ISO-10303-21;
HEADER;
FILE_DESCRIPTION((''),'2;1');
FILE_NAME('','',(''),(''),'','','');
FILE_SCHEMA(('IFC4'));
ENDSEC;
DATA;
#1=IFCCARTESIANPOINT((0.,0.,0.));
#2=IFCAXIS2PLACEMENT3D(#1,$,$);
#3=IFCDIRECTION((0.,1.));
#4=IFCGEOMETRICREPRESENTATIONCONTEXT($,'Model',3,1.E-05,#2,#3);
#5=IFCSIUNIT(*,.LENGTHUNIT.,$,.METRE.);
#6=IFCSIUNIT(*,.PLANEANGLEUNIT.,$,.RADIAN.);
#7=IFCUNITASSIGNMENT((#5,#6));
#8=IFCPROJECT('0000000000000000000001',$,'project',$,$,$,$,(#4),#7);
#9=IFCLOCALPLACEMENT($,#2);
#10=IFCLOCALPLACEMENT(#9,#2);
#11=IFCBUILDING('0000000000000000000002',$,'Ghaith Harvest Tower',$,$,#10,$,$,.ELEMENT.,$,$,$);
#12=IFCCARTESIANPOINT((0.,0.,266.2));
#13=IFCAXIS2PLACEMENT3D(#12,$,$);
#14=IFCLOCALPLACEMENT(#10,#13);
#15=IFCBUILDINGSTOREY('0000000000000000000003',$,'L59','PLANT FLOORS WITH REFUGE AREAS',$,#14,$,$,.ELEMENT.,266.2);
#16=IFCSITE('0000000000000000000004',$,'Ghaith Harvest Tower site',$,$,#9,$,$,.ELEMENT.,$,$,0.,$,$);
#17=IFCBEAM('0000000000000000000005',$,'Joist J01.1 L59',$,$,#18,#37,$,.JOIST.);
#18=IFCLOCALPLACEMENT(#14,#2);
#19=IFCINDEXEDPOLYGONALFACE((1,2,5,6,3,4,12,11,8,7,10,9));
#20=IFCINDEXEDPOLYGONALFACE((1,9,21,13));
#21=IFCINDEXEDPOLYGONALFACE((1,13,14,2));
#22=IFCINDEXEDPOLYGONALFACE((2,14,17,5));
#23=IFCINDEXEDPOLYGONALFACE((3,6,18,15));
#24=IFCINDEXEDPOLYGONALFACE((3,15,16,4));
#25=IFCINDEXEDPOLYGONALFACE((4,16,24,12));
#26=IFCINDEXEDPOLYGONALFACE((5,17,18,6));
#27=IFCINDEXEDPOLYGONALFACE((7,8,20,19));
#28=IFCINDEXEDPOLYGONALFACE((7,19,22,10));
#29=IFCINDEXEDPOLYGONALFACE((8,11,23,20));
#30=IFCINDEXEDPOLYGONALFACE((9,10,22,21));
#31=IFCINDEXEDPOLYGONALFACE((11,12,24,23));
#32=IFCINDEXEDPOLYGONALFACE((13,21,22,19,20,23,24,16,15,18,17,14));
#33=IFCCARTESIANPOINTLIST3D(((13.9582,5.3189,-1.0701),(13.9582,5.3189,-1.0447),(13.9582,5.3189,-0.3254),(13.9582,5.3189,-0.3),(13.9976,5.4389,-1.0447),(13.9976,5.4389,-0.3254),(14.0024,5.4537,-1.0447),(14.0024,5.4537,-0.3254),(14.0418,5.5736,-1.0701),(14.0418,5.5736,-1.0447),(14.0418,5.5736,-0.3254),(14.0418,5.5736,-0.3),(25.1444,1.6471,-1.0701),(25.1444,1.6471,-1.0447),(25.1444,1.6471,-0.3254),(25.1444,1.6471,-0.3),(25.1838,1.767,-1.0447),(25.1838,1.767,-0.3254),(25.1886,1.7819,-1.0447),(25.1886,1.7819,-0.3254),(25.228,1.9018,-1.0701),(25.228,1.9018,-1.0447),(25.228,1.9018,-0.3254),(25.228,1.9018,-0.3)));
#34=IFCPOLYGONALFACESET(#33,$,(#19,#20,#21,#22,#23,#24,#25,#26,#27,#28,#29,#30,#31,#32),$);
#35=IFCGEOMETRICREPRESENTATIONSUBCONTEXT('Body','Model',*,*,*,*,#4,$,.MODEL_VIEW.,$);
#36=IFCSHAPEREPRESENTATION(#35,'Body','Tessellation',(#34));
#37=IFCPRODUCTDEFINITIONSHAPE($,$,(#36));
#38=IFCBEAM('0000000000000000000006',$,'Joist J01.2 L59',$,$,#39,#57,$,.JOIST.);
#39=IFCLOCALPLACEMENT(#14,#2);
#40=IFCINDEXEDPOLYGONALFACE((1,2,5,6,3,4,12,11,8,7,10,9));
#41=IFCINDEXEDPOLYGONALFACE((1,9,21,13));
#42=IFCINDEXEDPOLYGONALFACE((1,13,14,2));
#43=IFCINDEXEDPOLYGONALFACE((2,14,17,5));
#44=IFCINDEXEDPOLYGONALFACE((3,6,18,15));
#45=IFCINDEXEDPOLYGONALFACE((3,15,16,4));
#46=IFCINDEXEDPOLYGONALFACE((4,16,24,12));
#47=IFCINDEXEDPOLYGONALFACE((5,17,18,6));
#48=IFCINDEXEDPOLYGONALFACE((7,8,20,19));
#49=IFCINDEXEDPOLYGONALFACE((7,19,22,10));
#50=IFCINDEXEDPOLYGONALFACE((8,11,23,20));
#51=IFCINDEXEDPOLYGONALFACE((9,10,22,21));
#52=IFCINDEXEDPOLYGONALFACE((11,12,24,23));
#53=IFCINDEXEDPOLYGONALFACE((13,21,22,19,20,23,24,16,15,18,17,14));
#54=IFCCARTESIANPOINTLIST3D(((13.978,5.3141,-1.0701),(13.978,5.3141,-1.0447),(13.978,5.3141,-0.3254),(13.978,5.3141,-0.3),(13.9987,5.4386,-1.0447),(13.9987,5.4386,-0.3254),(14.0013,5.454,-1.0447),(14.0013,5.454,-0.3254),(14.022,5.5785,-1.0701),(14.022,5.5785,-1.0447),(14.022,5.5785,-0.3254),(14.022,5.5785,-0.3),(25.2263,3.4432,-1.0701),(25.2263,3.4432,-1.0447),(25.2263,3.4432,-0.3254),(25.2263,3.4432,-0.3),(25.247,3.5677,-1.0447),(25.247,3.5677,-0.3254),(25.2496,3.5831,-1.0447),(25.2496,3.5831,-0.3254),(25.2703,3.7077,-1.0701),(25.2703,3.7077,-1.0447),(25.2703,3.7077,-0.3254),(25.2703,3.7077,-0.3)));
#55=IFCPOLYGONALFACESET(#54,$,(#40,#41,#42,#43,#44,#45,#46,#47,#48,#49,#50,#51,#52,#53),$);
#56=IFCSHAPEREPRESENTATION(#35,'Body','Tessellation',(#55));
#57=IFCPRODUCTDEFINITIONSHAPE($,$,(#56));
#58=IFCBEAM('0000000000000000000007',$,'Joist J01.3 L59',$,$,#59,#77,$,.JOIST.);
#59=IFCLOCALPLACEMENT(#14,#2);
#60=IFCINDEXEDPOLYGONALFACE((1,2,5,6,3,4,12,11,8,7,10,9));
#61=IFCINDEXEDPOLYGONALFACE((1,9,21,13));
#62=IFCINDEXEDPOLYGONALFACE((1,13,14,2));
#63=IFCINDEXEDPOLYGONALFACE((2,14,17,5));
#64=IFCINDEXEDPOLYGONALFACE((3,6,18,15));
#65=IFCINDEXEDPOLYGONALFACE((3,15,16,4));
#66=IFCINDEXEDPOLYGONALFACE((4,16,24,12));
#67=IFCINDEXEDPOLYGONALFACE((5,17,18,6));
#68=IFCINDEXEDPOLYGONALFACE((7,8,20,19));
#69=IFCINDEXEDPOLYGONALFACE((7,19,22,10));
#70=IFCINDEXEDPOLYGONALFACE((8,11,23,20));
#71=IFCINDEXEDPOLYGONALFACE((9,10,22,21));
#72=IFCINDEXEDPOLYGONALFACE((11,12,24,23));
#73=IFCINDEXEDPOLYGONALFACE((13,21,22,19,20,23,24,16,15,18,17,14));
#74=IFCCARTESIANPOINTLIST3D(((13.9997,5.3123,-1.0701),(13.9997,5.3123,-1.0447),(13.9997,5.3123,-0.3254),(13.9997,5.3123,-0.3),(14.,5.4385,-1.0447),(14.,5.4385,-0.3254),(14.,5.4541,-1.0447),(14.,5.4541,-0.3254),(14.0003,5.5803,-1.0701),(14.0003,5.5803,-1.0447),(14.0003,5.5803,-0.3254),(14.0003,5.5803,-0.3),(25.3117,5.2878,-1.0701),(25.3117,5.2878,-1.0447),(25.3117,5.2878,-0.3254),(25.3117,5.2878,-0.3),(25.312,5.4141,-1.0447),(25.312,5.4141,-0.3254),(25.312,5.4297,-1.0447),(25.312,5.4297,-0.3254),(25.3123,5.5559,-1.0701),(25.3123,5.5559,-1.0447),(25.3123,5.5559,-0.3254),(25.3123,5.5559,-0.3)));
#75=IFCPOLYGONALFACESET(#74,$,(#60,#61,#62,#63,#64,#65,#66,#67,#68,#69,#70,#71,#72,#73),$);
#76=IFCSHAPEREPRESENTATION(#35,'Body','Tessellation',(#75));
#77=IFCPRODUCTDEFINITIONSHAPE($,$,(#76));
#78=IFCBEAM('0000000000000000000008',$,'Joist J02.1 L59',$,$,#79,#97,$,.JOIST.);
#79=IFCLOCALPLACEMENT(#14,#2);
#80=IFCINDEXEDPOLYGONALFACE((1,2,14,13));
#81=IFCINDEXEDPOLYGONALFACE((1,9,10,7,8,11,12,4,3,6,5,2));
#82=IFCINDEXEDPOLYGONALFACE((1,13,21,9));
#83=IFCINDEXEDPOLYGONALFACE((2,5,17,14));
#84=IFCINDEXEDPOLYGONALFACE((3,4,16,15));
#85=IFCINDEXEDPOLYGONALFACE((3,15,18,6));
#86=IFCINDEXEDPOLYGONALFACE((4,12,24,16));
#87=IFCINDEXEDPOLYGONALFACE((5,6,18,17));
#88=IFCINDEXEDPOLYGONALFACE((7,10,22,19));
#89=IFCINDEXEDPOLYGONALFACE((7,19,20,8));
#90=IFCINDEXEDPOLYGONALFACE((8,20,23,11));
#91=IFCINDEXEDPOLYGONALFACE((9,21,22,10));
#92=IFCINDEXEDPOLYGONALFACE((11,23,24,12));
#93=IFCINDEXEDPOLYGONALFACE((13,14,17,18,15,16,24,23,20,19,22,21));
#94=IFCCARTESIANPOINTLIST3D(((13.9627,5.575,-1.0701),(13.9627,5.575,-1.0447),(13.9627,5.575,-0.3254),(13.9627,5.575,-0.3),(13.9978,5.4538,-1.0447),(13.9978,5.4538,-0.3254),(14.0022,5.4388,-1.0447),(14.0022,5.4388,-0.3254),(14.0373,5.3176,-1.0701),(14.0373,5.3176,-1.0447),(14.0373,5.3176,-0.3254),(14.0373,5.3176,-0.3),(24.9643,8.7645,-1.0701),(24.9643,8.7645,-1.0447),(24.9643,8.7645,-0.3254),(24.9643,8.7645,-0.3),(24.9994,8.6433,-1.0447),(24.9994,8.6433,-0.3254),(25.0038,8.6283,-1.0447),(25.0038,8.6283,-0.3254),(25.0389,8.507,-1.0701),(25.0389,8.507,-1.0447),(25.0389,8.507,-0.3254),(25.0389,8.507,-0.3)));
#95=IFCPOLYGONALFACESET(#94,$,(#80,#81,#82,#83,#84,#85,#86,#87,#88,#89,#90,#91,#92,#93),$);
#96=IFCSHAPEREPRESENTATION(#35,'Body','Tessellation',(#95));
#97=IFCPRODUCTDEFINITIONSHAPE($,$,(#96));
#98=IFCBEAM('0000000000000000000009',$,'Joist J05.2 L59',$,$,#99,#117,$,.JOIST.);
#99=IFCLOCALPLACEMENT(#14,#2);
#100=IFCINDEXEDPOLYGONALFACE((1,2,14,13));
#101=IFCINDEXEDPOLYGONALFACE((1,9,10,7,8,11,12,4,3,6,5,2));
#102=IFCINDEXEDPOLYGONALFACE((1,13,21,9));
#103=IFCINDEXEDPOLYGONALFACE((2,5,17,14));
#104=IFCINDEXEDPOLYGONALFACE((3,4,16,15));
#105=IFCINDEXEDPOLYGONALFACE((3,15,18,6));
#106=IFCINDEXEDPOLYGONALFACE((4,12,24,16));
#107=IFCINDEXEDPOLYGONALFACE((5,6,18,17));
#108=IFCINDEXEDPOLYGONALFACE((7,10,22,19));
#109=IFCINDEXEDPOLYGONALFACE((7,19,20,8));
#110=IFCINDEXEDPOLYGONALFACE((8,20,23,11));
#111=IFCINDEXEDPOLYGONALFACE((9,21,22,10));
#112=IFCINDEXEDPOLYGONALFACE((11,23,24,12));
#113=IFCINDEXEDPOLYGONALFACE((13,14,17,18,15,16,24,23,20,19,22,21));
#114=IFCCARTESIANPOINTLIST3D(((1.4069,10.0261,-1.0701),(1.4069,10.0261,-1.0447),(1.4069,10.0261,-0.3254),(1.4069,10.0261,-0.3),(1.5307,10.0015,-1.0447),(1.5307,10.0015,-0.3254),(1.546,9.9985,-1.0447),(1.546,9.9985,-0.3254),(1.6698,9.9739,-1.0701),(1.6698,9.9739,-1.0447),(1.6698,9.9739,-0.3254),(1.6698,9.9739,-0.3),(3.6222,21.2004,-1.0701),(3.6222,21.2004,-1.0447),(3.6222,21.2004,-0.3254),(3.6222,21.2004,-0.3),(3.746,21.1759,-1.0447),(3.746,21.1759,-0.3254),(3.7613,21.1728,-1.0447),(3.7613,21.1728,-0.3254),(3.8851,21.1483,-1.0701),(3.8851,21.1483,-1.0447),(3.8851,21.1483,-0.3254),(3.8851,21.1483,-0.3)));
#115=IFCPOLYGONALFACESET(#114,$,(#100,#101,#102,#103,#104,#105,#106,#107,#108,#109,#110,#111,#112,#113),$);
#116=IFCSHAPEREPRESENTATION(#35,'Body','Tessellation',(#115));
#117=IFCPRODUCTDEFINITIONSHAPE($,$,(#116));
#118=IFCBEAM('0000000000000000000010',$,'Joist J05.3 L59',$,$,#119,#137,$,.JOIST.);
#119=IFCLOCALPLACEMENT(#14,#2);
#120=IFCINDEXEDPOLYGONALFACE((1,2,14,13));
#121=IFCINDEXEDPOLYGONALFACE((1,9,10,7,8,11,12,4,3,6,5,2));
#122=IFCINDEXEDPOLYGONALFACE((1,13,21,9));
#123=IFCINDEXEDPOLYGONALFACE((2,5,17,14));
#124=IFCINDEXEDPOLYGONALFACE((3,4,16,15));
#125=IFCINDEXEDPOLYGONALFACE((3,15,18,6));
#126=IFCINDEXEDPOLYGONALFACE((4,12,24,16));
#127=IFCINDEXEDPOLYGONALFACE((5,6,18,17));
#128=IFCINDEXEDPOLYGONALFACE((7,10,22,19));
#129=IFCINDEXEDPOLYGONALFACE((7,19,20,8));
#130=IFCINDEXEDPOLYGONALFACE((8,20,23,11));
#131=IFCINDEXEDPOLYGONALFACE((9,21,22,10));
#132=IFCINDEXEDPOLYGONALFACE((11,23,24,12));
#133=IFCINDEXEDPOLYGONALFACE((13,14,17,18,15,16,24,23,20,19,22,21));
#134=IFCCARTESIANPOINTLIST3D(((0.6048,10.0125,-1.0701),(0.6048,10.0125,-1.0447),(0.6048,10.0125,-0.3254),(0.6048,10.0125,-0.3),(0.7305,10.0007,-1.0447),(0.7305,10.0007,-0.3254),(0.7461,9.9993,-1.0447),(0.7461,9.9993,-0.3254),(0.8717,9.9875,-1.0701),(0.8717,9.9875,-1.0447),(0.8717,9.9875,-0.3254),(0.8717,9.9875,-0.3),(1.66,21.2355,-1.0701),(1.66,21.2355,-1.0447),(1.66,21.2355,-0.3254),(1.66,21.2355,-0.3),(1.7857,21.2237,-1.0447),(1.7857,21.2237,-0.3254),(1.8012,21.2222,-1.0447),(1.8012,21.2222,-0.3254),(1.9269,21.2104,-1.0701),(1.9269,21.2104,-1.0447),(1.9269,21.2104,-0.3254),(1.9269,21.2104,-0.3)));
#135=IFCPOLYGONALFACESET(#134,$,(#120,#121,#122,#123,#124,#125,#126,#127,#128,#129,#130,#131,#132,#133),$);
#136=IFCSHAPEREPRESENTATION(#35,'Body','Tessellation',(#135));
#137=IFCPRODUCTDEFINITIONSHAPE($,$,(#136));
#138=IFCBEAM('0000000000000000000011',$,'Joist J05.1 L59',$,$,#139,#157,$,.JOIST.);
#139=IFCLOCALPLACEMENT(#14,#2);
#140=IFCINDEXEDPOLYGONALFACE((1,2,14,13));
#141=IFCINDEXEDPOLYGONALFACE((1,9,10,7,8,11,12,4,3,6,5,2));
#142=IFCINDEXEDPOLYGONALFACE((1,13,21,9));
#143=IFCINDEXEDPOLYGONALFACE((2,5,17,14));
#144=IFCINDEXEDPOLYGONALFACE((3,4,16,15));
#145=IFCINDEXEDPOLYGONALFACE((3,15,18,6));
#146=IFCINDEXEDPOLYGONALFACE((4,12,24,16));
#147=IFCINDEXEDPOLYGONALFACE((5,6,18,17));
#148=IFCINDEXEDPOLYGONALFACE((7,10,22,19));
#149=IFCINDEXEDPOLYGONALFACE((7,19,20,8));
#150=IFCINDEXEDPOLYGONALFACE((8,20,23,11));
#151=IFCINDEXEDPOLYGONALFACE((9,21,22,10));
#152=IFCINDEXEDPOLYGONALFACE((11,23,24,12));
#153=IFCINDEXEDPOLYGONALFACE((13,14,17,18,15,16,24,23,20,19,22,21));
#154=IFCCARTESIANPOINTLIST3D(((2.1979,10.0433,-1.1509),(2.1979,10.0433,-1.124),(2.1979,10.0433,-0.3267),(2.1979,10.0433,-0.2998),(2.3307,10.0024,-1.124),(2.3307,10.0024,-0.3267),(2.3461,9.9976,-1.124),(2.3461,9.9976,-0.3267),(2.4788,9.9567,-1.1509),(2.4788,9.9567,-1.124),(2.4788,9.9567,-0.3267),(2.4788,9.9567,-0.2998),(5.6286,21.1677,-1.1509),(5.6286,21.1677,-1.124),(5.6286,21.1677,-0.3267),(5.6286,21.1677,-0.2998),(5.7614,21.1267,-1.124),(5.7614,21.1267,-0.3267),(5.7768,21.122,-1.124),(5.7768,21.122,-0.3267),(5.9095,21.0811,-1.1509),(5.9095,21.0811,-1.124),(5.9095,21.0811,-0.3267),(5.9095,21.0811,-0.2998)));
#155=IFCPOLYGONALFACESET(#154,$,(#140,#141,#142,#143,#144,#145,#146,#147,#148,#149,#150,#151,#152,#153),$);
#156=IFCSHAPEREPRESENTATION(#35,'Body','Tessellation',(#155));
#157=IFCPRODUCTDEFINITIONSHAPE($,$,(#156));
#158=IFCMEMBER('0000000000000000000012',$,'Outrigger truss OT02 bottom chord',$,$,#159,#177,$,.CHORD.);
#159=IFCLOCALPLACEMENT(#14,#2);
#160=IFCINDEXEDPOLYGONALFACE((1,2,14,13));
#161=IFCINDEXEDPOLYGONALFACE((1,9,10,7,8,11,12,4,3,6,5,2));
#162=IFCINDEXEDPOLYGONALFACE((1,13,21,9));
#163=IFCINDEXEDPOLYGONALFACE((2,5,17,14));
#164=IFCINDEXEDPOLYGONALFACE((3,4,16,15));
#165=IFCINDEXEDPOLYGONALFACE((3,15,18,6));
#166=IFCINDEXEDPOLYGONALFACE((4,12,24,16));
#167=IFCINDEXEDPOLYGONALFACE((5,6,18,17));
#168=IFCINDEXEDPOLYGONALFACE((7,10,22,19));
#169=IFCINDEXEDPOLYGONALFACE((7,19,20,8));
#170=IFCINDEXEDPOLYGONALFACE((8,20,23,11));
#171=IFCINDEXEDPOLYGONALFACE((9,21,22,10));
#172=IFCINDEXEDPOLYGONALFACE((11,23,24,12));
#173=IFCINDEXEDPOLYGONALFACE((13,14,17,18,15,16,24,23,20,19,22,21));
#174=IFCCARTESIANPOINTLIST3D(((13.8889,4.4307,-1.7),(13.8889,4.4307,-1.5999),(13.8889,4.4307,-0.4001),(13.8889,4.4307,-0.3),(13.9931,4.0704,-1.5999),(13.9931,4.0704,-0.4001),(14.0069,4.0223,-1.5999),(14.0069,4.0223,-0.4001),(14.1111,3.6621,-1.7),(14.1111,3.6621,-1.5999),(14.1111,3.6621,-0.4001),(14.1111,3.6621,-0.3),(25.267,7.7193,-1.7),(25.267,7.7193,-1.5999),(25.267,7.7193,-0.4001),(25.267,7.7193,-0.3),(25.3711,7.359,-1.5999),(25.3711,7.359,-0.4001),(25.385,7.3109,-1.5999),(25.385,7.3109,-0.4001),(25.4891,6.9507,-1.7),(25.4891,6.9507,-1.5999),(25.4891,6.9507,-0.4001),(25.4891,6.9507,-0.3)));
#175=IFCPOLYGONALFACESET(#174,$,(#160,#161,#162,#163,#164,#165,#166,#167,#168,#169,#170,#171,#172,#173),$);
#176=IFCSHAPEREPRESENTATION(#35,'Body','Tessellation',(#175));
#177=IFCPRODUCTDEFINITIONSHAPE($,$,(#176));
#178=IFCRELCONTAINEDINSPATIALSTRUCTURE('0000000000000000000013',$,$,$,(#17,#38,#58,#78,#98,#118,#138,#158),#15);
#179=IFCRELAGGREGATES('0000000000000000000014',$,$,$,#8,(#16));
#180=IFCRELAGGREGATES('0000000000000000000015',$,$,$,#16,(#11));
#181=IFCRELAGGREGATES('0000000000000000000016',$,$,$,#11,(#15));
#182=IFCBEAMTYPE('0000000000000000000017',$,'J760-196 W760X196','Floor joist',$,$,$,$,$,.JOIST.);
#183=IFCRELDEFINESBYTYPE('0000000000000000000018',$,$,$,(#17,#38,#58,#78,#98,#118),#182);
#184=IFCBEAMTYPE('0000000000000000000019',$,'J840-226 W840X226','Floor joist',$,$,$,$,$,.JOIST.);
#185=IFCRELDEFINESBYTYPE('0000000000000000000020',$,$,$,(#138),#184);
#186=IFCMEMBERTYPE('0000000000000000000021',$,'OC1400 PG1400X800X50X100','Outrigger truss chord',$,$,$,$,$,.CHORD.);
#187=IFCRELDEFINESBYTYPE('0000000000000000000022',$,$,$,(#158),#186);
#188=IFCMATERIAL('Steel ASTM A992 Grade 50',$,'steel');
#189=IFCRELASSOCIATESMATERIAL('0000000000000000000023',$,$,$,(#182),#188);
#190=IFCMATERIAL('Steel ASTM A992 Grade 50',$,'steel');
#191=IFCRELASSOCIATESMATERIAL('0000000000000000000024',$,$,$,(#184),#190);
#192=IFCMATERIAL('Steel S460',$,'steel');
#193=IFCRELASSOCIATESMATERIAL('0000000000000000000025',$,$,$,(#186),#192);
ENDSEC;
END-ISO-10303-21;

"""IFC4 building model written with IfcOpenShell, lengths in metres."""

from ifc_helpers import new_model, si_unit, direction, frame, origin, origin_2d, place, context, subcontext, project, spatial, i_section, extrude, material, material_profile, profile_set, type_object, element, save


model = new_model("IFC4")

# Units and contexts
model_context = context("Model", 3, precision=1e-05, world=origin(), true_north=direction((0.0, 1.0)))
body_context = subcontext(model_context, "Body", "Model", "MODEL_VIEW")
ifc_project = project(units=[si_unit("LENGTHUNIT", "METRE"), si_unit("PLANEANGLEUNIT", "RADIAN")], contexts=[model_context])

# Site, building, storey
site_placement = place(None, origin())
site = spatial("IfcSite", under=ifc_project, at=site_placement, Name="Ghaith Harvest Tower site", CompositionType="ELEMENT", RefElevation=0.0)
building_placement = place(site_placement, origin())
building = spatial("IfcBuilding", under=site, at=building_placement, Name="Ghaith Harvest Tower", CompositionType="ELEMENT")
storey_placement = place(building_placement, frame((0.0, 0.0, 266.2)))
storey = spatial("IfcBuildingStorey", under=building, at=storey_placement, Name="L59", Description="PLANT FLOORS WITH REFUGE AREAS", CompositionType="ELEMENT", Elevation=266.2)

# Beams
ifc_material_1 = material(Name="Steel ASTM A992 Grade 50", Category="steel")
ifc_material_profile_1 = material_profile(ifc_material_1, i_section(OverallWidth=0.2681, OverallDepth=0.77, WebThickness=0.0156, FlangeThickness=0.0254, at=origin_2d()), Name="W760X196")
ifc_profile_set_1 = profile_set([ifc_material_profile_1], Name="Steel ASTM A992 Grade 50")
beam_type_1 = type_object("IfcBeamType", Name="J760-196 W760X196", Description="Floor joist", PredefinedType="JOIST", material=ifc_profile_set_1)
beam_1_placement = place(storey_placement, frame((14.0, 5.4463, -0.6851), z_axis=(0.950123, -0.311876, 0.0), x_axis=(0.311876, 0.950123, 0.0)))
element("IfcBeam", 1, at=beam_1_placement, inside=storey, type_object=beam_type_1, Name="Joist J01.1 L59", PredefinedType="JOIST", context=body_context, shape_type="SweptSolid", body=[
    extrude(i_section(OverallWidth=0.2681, OverallDepth=0.77, WebThickness=0.0156, FlangeThickness=0.0254, at=origin_2d()), origin(), (0.0, 0.0, 1.0), 11.7734),
])
beam_2_placement = place(storey_placement, frame((14.0, 5.4463, -0.6851), z_axis=(0.986449, -0.164069, 0.0), x_axis=(0.164069, 0.986449, 0.0)))
element("IfcBeam", 2, at=beam_2_placement, inside=storey, type_object=beam_type_1, Name="Joist J01.2 L59", PredefinedType="JOIST", context=body_context, shape_type="SweptSolid", body=[
    extrude(i_section(OverallWidth=0.2681, OverallDepth=0.77, WebThickness=0.0156, FlangeThickness=0.0254, at=origin_2d()), origin(), (0.0, 0.0, 1.0), 11.4028),
])
beam_3_placement = place(storey_placement, frame((14.0, 5.4463, -0.6851), z_axis=(0.999998, -0.002158, 0.0), x_axis=(0.002158, 0.999998, 0.0)))
element("IfcBeam", 3, at=beam_3_placement, inside=storey, type_object=beam_type_1, Name="Joist J01.3 L59", PredefinedType="JOIST", context=body_context, shape_type="SweptSolid", body=[
    extrude(i_section(OverallWidth=0.2681, OverallDepth=0.77, WebThickness=0.0156, FlangeThickness=0.0254, at=origin_2d()), origin(), (0.0, 0.0, 1.0), 11.312),
])
beam_4_placement = place(storey_placement, frame((14.0, 5.4463, -0.6851), z_axis=(0.960452, 0.278446, 0.0), x_axis=(-0.278446, 0.960452, 0.0)))
element("IfcBeam", 4, at=beam_4_placement, inside=storey, type_object=beam_type_1, Name="Joist J02.1 L59", PredefinedType="JOIST", context=body_context, shape_type="SweptSolid", body=[
    extrude(i_section(OverallWidth=0.2681, OverallDepth=0.77, WebThickness=0.0156, FlangeThickness=0.0254, at=origin_2d()), origin(), (0.0, 0.0, 1.0), 11.4546),
])
beam_5_placement = place(storey_placement, frame((1.5383, 10.0, -0.6851), z_axis=(0.194467, 0.980909, 0.0), x_axis=(-0.980909, 0.194467, 0.0)))
element("IfcBeam", 5, at=beam_5_placement, inside=storey, type_object=beam_type_1, Name="Joist J05.2 L59", PredefinedType="JOIST", context=body_context, shape_type="SweptSolid", body=[
    extrude(i_section(OverallWidth=0.2681, OverallDepth=0.77, WebThickness=0.0156, FlangeThickness=0.0254, at=origin_2d()), origin(), (0.0, 0.0, 1.0), 11.3918),
])
beam_6_placement = place(storey_placement, frame((0.7383, 10.0, -0.6851), z_axis=(0.093607, 0.995609, 0.0), x_axis=(-0.995609, 0.093607, 0.0)))
element("IfcBeam", 6, at=beam_6_placement, inside=storey, type_object=beam_type_1, Name="Joist J05.3 L59", PredefinedType="JOIST", context=body_context, shape_type="SweptSolid", body=[
    extrude(i_section(OverallWidth=0.2681, OverallDepth=0.77, WebThickness=0.0156, FlangeThickness=0.0254, at=origin_2d()), origin(), (0.0, 0.0, 1.0), 11.2725),
])
ifc_material_2 = material(Name="Steel ASTM A992 Grade 50", Category="steel")
ifc_material_profile_2 = material_profile(ifc_material_2, i_section(OverallWidth=0.2939, OverallDepth=0.8511, WebThickness=0.0161, FlangeThickness=0.0269, at=origin_2d()), Name="W840X226")
ifc_profile_set_2 = profile_set([ifc_material_profile_2], Name="Steel ASTM A992 Grade 50")
beam_type_2 = type_object("IfcBeamType", Name="J840-226 W840X226", Description="Floor joist", PredefinedType="JOIST", material=ifc_profile_set_2)
beam_7_placement = place(storey_placement, frame((2.3384, 10.0, -0.7253), z_axis=(0.294699, 0.95559, 0.0), x_axis=(-0.95559, 0.294699, 0.0)))
element("IfcBeam", 7, at=beam_7_placement, inside=storey, type_object=beam_type_2, Name="Joist J05.1 L59", PredefinedType="JOIST", context=body_context, shape_type="SweptSolid", body=[
    extrude(i_section(OverallWidth=0.2939, OverallDepth=0.8511, WebThickness=0.0161, FlangeThickness=0.0269, at=origin_2d()), origin(), (0.0, 0.0, 1.0), 11.6414),
])

# Member
ifc_material_3 = material(Name="Steel S460", Category="steel")
ifc_material_profile_3 = material_profile(ifc_material_3, i_section(OverallWidth=0.8, OverallDepth=1.3999, WebThickness=0.05, FlangeThickness=0.1001, at=origin_2d()), Name="PG1400X800X50X100")
ifc_profile_set_3 = profile_set([ifc_material_profile_3], Name="Steel S460")
member_type_1 = type_object("IfcMemberType", Name="OC1400 PG1400X800X50X100", Description="Outrigger truss chord", PredefinedType="CHORD", material=ifc_profile_set_3)
member_1_placement = place(storey_placement, frame((14.0, 4.0464, -1.0), z_axis=(0.960678, 0.277666, 0.0), x_axis=(-0.277666, 0.960678, 0.0)))
element("IfcMember", 8, at=member_1_placement, inside=storey, type_object=member_type_1, Name="Outrigger truss OT02 bottom chord", PredefinedType="CHORD", context=body_context, shape_type="SweptSolid", body=[
    extrude(i_section(OverallWidth=0.8, OverallDepth=1.3999, WebThickness=0.05, FlangeThickness=0.1001, at=origin_2d()), origin(), (0.0, 0.0, 1.0), 11.8438),
])

save(model, "model.ifc")
